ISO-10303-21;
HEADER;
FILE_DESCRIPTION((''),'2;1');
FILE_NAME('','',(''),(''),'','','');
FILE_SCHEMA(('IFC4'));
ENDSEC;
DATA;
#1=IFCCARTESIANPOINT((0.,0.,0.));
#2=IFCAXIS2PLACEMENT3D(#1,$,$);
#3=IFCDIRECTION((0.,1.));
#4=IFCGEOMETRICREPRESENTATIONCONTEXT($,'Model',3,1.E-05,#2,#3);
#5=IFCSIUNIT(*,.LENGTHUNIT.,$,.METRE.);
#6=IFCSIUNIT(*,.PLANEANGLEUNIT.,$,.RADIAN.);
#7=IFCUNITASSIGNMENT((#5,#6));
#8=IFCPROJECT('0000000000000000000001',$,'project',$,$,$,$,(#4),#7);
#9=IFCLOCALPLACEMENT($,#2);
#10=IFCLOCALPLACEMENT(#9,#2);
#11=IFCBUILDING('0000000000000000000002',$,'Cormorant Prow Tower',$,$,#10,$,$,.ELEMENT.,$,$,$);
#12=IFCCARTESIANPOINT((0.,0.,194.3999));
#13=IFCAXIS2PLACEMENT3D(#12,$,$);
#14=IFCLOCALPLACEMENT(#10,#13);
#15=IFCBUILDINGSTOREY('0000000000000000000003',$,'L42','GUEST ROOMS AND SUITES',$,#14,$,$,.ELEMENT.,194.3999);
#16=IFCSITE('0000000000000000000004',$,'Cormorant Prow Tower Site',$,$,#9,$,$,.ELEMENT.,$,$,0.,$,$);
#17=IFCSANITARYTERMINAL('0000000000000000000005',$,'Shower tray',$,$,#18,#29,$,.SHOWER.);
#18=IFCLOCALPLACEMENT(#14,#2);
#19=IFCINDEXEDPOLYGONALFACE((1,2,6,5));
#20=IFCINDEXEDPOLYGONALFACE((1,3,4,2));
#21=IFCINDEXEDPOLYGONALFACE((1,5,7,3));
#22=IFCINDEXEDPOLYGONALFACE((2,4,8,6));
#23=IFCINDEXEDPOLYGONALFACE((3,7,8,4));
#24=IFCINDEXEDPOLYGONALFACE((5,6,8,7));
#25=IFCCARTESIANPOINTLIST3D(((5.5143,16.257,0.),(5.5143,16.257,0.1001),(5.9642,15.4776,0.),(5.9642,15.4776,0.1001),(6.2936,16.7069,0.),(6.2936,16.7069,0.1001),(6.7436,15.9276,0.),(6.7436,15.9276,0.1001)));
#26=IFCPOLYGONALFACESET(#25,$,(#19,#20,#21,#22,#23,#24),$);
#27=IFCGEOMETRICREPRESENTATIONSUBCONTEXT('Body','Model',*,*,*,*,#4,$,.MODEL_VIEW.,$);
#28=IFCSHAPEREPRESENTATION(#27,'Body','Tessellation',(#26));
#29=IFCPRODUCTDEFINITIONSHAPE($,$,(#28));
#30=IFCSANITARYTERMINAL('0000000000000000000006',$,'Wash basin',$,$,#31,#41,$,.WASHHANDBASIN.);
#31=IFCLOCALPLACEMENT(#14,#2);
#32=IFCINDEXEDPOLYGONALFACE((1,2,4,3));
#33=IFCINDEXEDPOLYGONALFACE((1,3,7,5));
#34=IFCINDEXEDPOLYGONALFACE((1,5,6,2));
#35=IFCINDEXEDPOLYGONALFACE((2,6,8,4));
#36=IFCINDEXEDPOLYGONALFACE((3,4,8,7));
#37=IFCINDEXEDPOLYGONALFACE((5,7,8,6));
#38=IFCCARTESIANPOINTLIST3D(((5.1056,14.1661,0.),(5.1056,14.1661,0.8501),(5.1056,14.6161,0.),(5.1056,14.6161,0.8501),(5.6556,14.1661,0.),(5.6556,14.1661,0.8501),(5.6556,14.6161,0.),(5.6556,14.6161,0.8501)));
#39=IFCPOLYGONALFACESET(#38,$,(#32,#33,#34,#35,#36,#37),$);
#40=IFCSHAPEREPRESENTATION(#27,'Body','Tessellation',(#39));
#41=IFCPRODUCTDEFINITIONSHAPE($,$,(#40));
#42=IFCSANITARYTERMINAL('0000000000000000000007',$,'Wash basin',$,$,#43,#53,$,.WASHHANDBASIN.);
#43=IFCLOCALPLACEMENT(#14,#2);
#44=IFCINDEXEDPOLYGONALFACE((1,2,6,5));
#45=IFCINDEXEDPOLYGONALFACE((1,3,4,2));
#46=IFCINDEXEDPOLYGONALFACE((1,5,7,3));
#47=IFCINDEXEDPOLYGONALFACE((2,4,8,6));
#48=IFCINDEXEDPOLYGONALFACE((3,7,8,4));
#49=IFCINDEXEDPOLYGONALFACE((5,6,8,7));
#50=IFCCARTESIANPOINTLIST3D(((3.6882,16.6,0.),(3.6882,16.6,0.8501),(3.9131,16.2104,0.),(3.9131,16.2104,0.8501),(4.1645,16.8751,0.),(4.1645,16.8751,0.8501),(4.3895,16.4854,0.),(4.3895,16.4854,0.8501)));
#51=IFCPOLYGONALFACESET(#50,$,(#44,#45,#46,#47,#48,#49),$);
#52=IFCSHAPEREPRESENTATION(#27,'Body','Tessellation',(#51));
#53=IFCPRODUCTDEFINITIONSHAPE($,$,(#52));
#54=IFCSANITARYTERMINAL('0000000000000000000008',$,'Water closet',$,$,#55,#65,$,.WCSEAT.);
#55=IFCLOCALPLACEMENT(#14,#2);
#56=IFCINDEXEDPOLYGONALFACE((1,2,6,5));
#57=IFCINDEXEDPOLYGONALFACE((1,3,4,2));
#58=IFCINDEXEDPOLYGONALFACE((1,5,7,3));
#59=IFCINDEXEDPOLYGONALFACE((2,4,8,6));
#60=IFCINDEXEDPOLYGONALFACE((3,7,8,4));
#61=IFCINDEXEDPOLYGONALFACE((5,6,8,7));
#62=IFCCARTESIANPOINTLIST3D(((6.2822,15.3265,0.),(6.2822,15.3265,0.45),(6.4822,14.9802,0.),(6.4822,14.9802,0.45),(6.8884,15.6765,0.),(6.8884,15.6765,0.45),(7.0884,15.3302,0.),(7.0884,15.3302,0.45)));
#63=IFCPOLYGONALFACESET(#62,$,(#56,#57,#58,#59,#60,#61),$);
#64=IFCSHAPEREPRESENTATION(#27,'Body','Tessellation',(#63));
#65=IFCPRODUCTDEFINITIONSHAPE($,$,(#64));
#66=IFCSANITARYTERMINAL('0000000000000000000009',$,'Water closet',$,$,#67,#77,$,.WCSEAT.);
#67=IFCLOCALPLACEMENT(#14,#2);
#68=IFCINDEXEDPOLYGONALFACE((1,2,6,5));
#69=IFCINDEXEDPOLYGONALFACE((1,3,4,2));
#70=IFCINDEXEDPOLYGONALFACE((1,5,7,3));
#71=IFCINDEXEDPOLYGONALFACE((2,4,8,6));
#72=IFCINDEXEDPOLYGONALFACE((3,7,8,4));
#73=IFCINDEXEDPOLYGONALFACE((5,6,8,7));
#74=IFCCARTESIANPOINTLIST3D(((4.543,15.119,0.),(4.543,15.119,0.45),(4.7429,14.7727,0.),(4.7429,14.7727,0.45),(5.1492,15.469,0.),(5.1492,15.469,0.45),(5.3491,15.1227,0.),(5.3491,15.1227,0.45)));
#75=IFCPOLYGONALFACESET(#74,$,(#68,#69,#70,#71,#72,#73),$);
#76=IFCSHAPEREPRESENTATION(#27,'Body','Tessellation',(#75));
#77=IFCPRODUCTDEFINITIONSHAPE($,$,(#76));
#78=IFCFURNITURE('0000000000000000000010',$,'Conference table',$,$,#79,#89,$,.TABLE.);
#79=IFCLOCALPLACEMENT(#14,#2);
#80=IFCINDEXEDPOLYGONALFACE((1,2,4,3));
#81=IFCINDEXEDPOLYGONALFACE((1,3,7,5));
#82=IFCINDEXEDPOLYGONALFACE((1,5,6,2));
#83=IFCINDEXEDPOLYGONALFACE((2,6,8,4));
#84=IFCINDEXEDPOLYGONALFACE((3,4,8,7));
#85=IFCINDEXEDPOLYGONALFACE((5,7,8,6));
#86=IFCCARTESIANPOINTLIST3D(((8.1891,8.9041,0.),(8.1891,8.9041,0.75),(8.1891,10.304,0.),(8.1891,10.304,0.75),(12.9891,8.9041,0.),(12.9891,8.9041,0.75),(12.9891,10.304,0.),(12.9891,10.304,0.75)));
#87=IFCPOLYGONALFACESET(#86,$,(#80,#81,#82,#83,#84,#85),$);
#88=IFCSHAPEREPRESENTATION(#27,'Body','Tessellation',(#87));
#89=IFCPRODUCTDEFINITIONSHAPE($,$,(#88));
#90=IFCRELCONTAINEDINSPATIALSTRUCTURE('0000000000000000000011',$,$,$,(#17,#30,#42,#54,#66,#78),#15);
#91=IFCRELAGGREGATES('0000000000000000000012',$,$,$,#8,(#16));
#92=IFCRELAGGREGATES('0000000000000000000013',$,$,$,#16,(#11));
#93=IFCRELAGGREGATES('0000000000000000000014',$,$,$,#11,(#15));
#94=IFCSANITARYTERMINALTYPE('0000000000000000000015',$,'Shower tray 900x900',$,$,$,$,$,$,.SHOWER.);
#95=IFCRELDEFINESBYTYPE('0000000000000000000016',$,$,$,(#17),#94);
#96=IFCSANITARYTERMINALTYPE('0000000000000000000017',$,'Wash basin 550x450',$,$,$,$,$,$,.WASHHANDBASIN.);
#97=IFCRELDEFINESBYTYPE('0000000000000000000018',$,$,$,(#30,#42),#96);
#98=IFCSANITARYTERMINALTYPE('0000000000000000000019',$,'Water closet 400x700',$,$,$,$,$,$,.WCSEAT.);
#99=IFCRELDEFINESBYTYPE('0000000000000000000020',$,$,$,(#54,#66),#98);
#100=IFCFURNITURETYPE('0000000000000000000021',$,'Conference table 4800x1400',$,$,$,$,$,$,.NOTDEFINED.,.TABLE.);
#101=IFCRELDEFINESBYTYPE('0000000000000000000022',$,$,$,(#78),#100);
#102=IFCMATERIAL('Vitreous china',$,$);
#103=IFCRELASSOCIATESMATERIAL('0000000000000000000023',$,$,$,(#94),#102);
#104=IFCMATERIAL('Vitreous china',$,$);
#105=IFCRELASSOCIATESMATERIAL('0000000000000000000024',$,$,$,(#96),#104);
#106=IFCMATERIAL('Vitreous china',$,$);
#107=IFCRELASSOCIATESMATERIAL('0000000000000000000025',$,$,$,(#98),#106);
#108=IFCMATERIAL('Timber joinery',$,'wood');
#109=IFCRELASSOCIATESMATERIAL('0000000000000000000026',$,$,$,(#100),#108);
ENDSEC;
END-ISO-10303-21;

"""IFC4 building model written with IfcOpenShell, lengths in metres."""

from ifc_helpers import new_model, si_unit, direction, frame, origin, origin_2d, place, context, subcontext, project, spatial, rectangle, extrude, material, type_object, element, save


model = new_model("IFC4")

# Units and contexts
model_context = context("Model", 3, precision=1e-05, world=origin(), true_north=direction((0.0, 1.0)))
body_context = subcontext(model_context, "Body", "Model", "MODEL_VIEW")
ifc_project = project(units=[si_unit("LENGTHUNIT", "METRE"), si_unit("PLANEANGLEUNIT", "RADIAN")], contexts=[model_context])

# Site, building, storey
site_placement = place(None, origin())
site = spatial("IfcSite", under=ifc_project, at=site_placement, Name="Cormorant Prow Tower Site", CompositionType="ELEMENT", RefElevation=0.0)
building_placement = place(site_placement, origin())
building = spatial("IfcBuilding", under=site, at=building_placement, Name="Cormorant Prow Tower", CompositionType="ELEMENT")
storey_placement = place(building_placement, frame((0.0, 0.0, 194.3999)))
storey = spatial("IfcBuildingStorey", under=building, at=storey_placement, Name="L42", Description="GUEST ROOMS AND SUITES", CompositionType="ELEMENT", Elevation=194.3999)

# Sanitary terminals
ifc_material_1 = material(Name="Vitreous china")
sanitary_terminal_type_1 = type_object("IfcSanitaryTerminalType", Name="Shower tray 900x900", PredefinedType="SHOWER", material=ifc_material_1)
for number, where, z_axis, x_axis, name in (
    (1, (6.1289, 16.0923, 0.0), (0.0, 0.0, 1.0), (-0.866025, -0.5, 0.0), "Shower tray"),
):
    element("IfcSanitaryTerminal", number, at=place(storey_placement, frame(where, z_axis=z_axis, x_axis=x_axis)), inside=storey, type_object=sanitary_terminal_type_1, Name=name, PredefinedType="SHOWER", context=body_context, shape_type="SweptSolid", body=[
        extrude(rectangle(XDim=0.8999, YDim=0.8999, at=origin_2d()), origin(), (0.0, 0.0, 1.0), 0.1001),
    ])
ifc_material_2 = material(Name="Vitreous china")
sanitary_terminal_type_2 = type_object("IfcSanitaryTerminalType", Name="Wash basin 550x450", PredefinedType="WASHHANDBASIN", material=ifc_material_2)
for number, where, z_axis, x_axis, name in (
    (2, (5.3806, 14.3911, 0.0), (0.0, 0.0, 1.0), (1.0, 0.0, 0.0), "Wash basin"),
    (3, (4.0388, 16.5427, 0.0), (0.0, 0.0, 1.0), (0.866025, 0.5, 0.0), "Wash basin"),
):
    element("IfcSanitaryTerminal", number, at=place(storey_placement, frame(where, z_axis=z_axis, x_axis=x_axis)), inside=storey, type_object=sanitary_terminal_type_2, Name=name, PredefinedType="WASHHANDBASIN", context=body_context, shape_type="SweptSolid", body=[
        extrude(rectangle(XDim=0.55, YDim=0.45, at=origin_2d()), origin(), (0.0, 0.0, 1.0), 0.8501),
    ])
ifc_material_3 = material(Name="Vitreous china")
sanitary_terminal_type_3 = type_object("IfcSanitaryTerminalType", Name="Water closet 400x700", PredefinedType="WCSEAT", material=ifc_material_3)
for number, where, z_axis, x_axis, name in (
    (4, (6.6853, 15.3284, 0.0), (0.0, 0.0, 1.0), (0.5, -0.866025, 0.0), "Water closet"),
    (5, (4.946, 15.1208, 0.0), (0.0, 0.0, 1.0), (-0.5, 0.866025, 0.0), "Water closet"),
):
    element("IfcSanitaryTerminal", number, at=place(storey_placement, frame(where, z_axis=z_axis, x_axis=x_axis)), inside=storey, type_object=sanitary_terminal_type_3, Name=name, PredefinedType="WCSEAT", context=body_context, shape_type="SweptSolid", body=[
        extrude(rectangle(XDim=0.3999, YDim=0.7, at=origin_2d()), origin(), (0.0, 0.0, 1.0), 0.45),
    ])

# Furniture
ifc_material_4 = material(Name="Timber joinery", Category="wood")
furniture_type = type_object("IfcFurnitureType", Name="Conference table 4800x1400", AssemblyPlace="NOTDEFINED", PredefinedType="TABLE", material=ifc_material_4)
furniture_placement = place(storey_placement, frame((10.5891, 9.604, 0.0), z_axis=(0.0, 0.0, 1.0), x_axis=(1.0, 0.0, 0.0)))
element("IfcFurniture", 6, at=furniture_placement, inside=storey, type_object=furniture_type, Name="Conference table", PredefinedType="TABLE", context=body_context, shape_type="SweptSolid", body=[
    extrude(rectangle(XDim=4.8, YDim=1.3999, at=origin_2d()), origin(), (0.0, 0.0, 1.0), 0.75),
])

save(model, "model.ifc")
